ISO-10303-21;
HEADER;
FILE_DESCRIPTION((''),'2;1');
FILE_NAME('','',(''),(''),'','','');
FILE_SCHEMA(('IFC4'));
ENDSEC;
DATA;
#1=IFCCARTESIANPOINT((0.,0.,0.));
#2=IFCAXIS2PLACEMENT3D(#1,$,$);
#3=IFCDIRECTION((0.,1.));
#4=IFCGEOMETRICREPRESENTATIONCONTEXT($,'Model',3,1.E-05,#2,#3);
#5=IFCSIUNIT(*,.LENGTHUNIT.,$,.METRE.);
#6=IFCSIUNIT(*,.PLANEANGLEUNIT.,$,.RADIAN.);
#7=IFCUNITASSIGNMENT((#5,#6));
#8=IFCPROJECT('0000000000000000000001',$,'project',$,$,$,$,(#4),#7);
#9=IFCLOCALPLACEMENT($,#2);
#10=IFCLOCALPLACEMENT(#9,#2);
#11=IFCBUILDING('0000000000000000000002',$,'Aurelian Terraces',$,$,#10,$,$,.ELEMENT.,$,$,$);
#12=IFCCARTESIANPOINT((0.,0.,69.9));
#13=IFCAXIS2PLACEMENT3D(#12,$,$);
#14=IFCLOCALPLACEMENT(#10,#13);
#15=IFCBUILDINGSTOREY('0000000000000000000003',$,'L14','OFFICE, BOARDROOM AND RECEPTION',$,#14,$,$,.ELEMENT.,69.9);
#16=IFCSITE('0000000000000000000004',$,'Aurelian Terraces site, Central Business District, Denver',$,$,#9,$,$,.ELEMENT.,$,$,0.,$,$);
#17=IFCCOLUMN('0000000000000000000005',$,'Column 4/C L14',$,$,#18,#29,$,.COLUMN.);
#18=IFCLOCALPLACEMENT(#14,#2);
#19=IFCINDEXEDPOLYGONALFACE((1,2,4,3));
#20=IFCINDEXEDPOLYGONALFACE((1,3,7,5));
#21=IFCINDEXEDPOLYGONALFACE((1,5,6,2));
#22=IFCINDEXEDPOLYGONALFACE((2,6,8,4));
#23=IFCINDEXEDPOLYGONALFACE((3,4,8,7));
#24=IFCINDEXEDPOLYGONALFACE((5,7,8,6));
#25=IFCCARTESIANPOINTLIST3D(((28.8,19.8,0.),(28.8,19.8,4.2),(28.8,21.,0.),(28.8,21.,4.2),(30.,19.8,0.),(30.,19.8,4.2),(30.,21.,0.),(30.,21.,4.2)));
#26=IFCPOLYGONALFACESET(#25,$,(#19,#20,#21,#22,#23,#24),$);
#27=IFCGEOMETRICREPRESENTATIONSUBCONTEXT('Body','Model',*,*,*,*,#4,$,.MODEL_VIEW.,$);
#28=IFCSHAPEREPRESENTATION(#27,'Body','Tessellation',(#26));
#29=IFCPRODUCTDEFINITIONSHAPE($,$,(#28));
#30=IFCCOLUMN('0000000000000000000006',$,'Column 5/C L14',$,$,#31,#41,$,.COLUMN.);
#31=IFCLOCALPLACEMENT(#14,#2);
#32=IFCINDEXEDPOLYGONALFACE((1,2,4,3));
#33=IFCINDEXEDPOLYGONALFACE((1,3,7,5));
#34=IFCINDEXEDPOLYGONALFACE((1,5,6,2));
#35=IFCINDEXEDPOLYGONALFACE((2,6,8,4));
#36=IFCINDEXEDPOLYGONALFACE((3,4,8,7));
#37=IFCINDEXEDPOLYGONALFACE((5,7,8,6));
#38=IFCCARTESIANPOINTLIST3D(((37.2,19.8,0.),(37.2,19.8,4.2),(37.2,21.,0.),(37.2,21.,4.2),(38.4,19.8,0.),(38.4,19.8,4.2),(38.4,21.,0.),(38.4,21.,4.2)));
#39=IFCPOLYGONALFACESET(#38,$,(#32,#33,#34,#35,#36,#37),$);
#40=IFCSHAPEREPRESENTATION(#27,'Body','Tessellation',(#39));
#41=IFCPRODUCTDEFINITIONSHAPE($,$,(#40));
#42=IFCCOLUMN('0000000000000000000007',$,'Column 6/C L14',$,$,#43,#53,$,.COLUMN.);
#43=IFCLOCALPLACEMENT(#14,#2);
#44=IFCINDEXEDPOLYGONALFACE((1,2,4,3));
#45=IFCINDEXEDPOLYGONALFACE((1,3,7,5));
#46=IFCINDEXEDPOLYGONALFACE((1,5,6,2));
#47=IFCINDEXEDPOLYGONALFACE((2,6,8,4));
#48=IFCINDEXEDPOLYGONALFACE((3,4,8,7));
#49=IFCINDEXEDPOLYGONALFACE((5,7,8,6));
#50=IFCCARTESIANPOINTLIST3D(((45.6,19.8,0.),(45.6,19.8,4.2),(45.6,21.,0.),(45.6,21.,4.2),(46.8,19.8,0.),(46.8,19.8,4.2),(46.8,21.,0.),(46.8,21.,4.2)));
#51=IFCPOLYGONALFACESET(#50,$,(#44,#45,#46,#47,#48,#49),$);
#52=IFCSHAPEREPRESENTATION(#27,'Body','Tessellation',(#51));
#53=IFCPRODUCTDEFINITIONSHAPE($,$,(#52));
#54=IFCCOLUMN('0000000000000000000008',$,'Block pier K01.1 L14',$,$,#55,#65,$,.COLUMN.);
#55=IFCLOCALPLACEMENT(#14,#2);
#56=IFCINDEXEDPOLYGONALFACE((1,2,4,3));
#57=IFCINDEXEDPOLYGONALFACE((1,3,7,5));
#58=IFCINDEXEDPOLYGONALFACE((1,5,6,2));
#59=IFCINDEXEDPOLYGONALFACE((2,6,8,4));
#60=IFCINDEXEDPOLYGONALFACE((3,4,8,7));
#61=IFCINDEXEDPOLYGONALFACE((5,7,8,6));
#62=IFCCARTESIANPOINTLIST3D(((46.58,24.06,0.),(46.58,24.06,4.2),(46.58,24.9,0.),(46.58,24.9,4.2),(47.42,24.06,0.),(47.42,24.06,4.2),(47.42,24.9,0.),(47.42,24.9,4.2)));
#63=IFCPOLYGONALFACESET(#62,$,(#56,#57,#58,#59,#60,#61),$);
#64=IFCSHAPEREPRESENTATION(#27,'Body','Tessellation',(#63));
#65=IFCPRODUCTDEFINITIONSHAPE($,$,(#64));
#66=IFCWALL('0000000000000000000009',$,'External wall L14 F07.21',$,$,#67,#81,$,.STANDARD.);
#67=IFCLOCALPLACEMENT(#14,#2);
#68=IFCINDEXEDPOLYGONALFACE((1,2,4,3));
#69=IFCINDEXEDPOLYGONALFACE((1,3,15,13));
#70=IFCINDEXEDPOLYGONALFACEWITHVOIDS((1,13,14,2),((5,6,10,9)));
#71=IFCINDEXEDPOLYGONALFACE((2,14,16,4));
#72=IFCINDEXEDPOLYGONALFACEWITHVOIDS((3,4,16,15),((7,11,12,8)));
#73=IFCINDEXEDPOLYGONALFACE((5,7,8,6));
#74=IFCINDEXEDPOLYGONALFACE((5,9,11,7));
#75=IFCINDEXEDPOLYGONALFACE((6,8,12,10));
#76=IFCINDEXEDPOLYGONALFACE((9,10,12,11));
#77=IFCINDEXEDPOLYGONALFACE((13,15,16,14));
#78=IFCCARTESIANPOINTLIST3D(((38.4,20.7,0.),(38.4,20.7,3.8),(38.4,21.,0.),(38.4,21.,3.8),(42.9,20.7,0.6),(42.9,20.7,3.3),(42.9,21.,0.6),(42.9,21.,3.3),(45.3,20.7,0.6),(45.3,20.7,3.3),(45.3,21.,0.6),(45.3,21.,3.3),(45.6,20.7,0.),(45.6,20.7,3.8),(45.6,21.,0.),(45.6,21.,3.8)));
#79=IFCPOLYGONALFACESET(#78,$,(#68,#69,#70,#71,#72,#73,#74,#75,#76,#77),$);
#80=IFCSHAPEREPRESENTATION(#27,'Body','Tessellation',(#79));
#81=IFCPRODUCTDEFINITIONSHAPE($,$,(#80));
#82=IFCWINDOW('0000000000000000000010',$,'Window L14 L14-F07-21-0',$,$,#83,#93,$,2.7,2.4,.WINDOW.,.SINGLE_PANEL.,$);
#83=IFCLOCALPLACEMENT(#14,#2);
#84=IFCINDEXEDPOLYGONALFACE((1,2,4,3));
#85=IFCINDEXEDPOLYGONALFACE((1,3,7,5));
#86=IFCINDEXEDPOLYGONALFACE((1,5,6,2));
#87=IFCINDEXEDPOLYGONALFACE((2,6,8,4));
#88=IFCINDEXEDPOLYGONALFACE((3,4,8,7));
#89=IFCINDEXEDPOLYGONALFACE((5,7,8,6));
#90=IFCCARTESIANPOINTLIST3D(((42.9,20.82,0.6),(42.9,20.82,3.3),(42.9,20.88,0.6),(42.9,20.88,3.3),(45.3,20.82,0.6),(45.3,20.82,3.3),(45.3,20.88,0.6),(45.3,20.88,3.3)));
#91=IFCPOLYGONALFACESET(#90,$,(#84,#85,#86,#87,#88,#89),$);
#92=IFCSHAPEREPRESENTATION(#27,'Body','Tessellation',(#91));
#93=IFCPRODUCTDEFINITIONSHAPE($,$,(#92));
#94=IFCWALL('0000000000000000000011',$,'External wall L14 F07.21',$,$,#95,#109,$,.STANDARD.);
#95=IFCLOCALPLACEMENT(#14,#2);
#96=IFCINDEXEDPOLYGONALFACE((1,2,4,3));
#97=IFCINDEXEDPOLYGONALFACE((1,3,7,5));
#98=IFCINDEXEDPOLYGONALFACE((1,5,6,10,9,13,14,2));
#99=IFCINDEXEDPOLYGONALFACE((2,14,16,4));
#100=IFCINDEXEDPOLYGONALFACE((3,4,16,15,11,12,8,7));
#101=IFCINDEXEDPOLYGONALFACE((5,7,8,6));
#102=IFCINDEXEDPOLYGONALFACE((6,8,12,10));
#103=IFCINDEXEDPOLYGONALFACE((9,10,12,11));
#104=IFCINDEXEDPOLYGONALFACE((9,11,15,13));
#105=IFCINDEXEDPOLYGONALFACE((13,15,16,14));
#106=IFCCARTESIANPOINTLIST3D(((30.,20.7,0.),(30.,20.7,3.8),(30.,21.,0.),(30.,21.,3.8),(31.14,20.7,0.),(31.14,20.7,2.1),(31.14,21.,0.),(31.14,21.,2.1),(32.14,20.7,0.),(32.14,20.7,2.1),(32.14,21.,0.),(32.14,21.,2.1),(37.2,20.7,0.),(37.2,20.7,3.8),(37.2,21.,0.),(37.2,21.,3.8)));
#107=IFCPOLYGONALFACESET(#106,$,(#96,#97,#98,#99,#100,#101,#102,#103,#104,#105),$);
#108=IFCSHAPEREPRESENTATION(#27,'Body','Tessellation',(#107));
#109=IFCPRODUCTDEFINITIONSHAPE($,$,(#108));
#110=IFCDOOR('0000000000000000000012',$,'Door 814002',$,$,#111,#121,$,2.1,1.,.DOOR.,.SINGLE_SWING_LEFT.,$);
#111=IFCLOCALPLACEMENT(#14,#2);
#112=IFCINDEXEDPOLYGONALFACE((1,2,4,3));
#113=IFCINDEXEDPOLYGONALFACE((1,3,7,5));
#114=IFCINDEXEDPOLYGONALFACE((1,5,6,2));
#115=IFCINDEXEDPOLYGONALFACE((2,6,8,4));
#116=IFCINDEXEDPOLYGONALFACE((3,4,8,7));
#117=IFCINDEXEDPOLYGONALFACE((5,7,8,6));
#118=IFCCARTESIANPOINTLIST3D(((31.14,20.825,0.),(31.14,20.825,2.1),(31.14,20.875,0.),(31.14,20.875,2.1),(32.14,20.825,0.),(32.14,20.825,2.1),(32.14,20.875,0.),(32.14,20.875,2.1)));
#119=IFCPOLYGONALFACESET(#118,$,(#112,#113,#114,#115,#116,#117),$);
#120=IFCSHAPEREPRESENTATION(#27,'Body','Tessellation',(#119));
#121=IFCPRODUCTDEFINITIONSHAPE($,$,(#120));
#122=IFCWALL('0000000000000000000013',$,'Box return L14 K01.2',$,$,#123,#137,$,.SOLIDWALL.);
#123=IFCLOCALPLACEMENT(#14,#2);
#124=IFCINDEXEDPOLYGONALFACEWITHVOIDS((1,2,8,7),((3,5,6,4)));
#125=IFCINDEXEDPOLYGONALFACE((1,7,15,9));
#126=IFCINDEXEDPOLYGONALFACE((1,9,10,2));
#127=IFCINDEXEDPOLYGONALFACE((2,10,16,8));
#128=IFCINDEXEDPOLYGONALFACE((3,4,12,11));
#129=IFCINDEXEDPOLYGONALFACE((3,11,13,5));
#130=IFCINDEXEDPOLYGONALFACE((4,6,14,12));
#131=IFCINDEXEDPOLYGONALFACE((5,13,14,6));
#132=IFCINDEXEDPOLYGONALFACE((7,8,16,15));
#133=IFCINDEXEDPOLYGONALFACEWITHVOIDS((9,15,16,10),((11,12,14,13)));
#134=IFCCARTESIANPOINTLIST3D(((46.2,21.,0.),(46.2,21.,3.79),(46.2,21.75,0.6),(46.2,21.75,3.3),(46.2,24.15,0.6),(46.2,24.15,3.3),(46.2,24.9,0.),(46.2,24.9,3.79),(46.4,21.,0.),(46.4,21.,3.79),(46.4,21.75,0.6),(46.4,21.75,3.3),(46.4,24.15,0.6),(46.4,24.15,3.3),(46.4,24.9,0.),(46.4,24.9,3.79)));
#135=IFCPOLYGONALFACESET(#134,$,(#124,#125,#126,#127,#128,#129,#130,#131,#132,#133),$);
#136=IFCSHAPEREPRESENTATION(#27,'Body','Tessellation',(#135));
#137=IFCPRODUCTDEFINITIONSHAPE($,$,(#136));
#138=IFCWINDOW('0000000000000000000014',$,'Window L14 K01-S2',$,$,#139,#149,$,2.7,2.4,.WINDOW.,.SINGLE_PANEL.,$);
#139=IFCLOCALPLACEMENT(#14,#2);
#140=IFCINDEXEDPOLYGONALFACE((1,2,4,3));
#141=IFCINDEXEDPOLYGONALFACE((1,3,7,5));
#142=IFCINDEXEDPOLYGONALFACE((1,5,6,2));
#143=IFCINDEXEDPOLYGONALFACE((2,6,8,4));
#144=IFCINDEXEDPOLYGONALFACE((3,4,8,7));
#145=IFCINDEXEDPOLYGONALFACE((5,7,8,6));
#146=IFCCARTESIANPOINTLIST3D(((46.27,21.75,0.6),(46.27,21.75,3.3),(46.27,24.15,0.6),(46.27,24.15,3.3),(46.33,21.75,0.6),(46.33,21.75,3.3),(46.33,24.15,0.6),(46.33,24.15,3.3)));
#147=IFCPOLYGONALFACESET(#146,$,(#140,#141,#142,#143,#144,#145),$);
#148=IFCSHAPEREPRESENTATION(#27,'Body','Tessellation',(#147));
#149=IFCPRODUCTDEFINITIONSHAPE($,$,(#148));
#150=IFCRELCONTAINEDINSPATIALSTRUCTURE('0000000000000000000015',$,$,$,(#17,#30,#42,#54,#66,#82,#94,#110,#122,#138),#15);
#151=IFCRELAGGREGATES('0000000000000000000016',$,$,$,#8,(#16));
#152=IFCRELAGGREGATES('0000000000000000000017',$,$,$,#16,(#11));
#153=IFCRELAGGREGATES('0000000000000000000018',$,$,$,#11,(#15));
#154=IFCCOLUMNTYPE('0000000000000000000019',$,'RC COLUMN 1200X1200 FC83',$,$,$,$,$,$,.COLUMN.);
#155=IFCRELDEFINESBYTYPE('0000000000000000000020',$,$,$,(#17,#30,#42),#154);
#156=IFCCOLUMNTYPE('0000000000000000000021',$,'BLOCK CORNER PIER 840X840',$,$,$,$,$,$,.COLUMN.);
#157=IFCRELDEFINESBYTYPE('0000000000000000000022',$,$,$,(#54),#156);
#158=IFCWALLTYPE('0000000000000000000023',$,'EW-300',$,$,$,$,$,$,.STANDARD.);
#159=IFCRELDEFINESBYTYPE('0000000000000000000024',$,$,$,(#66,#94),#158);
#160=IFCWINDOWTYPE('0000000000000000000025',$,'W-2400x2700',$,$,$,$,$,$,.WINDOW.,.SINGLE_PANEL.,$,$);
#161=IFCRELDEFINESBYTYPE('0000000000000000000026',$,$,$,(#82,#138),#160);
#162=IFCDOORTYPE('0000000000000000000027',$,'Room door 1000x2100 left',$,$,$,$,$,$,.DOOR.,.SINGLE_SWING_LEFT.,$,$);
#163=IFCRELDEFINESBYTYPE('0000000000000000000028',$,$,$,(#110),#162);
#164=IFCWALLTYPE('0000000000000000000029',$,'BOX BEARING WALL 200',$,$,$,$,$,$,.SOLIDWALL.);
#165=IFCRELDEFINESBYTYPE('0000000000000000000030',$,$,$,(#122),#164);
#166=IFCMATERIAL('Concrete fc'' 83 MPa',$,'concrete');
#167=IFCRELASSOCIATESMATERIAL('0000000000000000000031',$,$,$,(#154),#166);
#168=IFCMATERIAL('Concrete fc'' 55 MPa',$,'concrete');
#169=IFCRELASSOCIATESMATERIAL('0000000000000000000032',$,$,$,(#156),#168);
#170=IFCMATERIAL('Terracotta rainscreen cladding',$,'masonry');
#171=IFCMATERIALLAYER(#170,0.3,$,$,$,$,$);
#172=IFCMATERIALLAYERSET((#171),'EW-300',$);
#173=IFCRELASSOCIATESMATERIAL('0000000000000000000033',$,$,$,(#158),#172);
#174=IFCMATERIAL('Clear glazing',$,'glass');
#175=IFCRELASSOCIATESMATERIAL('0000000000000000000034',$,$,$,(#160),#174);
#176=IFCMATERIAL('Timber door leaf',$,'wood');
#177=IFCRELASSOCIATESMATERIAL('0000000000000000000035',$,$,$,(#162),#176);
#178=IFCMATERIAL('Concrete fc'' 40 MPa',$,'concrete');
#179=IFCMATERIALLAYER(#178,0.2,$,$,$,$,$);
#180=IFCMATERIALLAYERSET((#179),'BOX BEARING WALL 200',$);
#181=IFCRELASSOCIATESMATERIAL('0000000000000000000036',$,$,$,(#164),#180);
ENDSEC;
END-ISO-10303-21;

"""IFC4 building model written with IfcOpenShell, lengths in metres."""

from ifc_helpers import new_model, si_unit, direction, frame, frame_2d, origin, origin_2d, place, context, subcontext, project, spatial, rectangle, extrude, source, transform, mapped, material, layer, layer_set, material_profile, profile_set, type_object, element, fill, save


model = new_model("IFC4")

# Units and contexts
model_context = context("Model", 3, precision=1e-05, world=origin(), true_north=direction((0.0, 1.0)))
body_context = subcontext(model_context, "Body", "Model", "MODEL_VIEW")
ifc_project = project(units=[si_unit("LENGTHUNIT", "METRE"), si_unit("PLANEANGLEUNIT", "RADIAN")], contexts=[model_context])

# Site, building, storey
site_placement = place(None, origin())
site = spatial("IfcSite", under=ifc_project, at=site_placement, Name="Aurelian Terraces site, Central Business District, Denver", CompositionType="ELEMENT", RefElevation=0.0)
building_placement = place(site_placement, origin())
building = spatial("IfcBuilding", under=site, at=building_placement, Name="Aurelian Terraces", CompositionType="ELEMENT")
storey_placement = place(building_placement, frame((0.0, 0.0, 69.9)))
storey = spatial("IfcBuildingStorey", under=building, at=storey_placement, Name="L14", Description="OFFICE, BOARDROOM AND RECEPTION", CompositionType="ELEMENT", Elevation=69.9)

# Columns
ifc_material_1 = material(Name="Concrete fc' 83 MPa", Category="concrete")
ifc_material_profile_1 = material_profile(ifc_material_1, rectangle(XDim=1.2, YDim=1.2, at=origin_2d()))
ifc_profile_set_1 = profile_set([ifc_material_profile_1], Name="Concrete fc' 83 MPa")
column_type_1 = type_object("IfcColumnType", Name="RC COLUMN 1200X1200 FC83", PredefinedType="COLUMN", material=ifc_profile_set_1)
shared_shape_1 = source(origin(), body_context, "Body", "SweptSolid", [
    extrude(rectangle(XDim=1.2, YDim=1.2, at=origin_2d()), origin(), (0.0, 0.0, 1.0), 4.2),
])
for number, where, z_axis, x_axis, name in (
    (1, (29.4, 20.4, 0.0), (0.0, 0.0, 1.0), (1.0, 0.0, 0.0), "Column 4/C L14"),
    (2, (37.8, 20.4, 0.0), (0.0, 0.0, 1.0), (1.0, 0.0, 0.0), "Column 5/C L14"),
    (3, (46.2, 20.4, 0.0), (0.0, 0.0, 1.0), (1.0, 0.0, 0.0), "Column 6/C L14"),
):
    element("IfcColumn", number, at=place(storey_placement, frame(where, z_axis=z_axis, x_axis=x_axis)), inside=storey, type_object=column_type_1, Name=name, PredefinedType="COLUMN", context=body_context, shape_type="MappedRepresentation", body=[
        mapped(shared_shape_1, transform((0.0, 0.0, 0.0), scale=1.0)),
    ])
ifc_material_2 = material(Name="Concrete fc' 55 MPa", Category="concrete")
ifc_material_profile_2 = material_profile(ifc_material_2, rectangle(XDim=0.84, YDim=0.84, at=origin_2d()))
ifc_profile_set_2 = profile_set([ifc_material_profile_2], Name="Concrete fc' 55 MPa")
column_type_2 = type_object("IfcColumnType", Name="BLOCK CORNER PIER 840X840", PredefinedType="COLUMN", material=ifc_profile_set_2)
shared_shape_2 = source(origin(), body_context, "Body", "SweptSolid", [
    extrude(rectangle(XDim=0.84, YDim=0.84, at=origin_2d()), origin(), (0.0, 0.0, 1.0), 4.2),
])
column_placement = place(storey_placement, frame((47.0, 24.48, 0.0), z_axis=(0.0, 0.0, 1.0), x_axis=(1.0, 0.0, 0.0)))
element("IfcColumn", 4, at=column_placement, inside=storey, type_object=column_type_2, Name="Block pier K01.1 L14", PredefinedType="COLUMN", context=body_context, shape_type="MappedRepresentation", body=[
    mapped(shared_shape_2, transform((0.0, 0.0, 0.0), scale=1.0)),
])

# Wall, opening, window
ifc_material_3 = material(Name="Terracotta rainscreen cladding", Category="masonry")
ifc_layer_1 = layer(ifc_material_3, 0.3)
ifc_layer_set_1 = layer_set([ifc_layer_1], Name="EW-300")
wall_type_1 = type_object("IfcWallType", Name="EW-300", PredefinedType="STANDARD", material=ifc_layer_set_1)
shared_shape_3 = source(origin(), body_context, "Body", "SweptSolid", [
    extrude(rectangle(XDim=7.2, YDim=0.3, at=frame_2d((3.6, 0.0))), origin(), (0.0, 0.0, 1.0), 3.8),
])
wall_1_placement = place(storey_placement, frame((45.6, 20.85, 0.0), z_axis=(0.0, 0.0, 1.0), x_axis=(-1.0, 0.0, 0.0)))
wall_1 = element("IfcWall", 5, at=wall_1_placement, inside=storey, type_object=wall_type_1, Name="External wall L14 F07.21", PredefinedType="STANDARD", context=body_context, shape_type="MappedRepresentation", body=[
    mapped(shared_shape_3, transform((0.0, 0.0, 0.0), scale=1.0)),
])
shared_shape_4 = source(origin(), body_context, "Body", "SweptSolid", [
    extrude(rectangle(XDim=2.4, YDim=2.7, at=frame_2d((1.2, 1.35))), frame((0.0, 0.16, 0.0), z_axis=(0.0, -1.0, 0.0), x_axis=(1.0, 0.0, 0.0)), (0.0, 0.0, 1.0), 0.32),
])
opening_1_placement = place(wall_1_placement, frame((0.3, 0.0, 0.6)))
opening_1 = element("IfcOpeningElement", 6, at=opening_1_placement, cuts=wall_1, PredefinedType="OPENING", context=body_context, shape_type="MappedRepresentation", body=[
    mapped(shared_shape_4, transform((0.0, 0.0, 0.0), scale=1.0)),
])
ifc_material_4 = material(Name="Clear glazing", Category="glass")
window_type_1 = type_object("IfcWindowType", Name="W-2400x2700", PartitioningType="SINGLE_PANEL", PredefinedType="WINDOW", material=ifc_material_4)
shared_shape_5 = source(origin(), body_context, "Body", "SweptSolid", [
    extrude(rectangle(XDim=2.4, YDim=2.7, at=frame_2d((1.2, 1.35))), frame((0.0, 0.03, 0.0), z_axis=(0.0, -1.0, 0.0), x_axis=(1.0, 0.0, 0.0)), (0.0, 0.0, 1.0), 0.06),
])
window_1_placement = place(opening_1_placement, origin())
window_1 = element("IfcWindow", 7, at=window_1_placement, inside=storey, type_object=window_type_1, Name="Window L14 L14-F07-21-0", OverallHeight=2.7, OverallWidth=2.4, PartitioningType="SINGLE_PANEL", PredefinedType="WINDOW", context=body_context, shape_type="MappedRepresentation", body=[
    mapped(shared_shape_5, transform((0.0, 0.0, 0.0), scale=1.0)),
])
fill(opening_1, window_1)

# Wall, opening, door
wall_2_placement = place(storey_placement, frame((37.2, 20.85, 0.0), z_axis=(0.0, 0.0, 1.0), x_axis=(-1.0, 0.0, 0.0)))
wall_2 = element("IfcWall", 8, at=wall_2_placement, inside=storey, type_object=wall_type_1, Name="External wall L14 F07.21", PredefinedType="STANDARD", context=body_context, shape_type="MappedRepresentation", body=[
    mapped(shared_shape_3, transform((0.0, 0.0, 0.0), scale=1.0)),
])
shared_shape_6 = source(origin(), body_context, "Body", "SweptSolid", [
    extrude(rectangle(XDim=1.0, YDim=2.1, at=frame_2d((0.5, 1.05))), frame((0.0, 0.16, 0.0), z_axis=(0.0, -1.0, 0.0), x_axis=(1.0, 0.0, 0.0)), (0.0, 0.0, 1.0), 0.32),
])
opening_2_placement = place(wall_2_placement, frame((5.06, 0.0, 0.0)))
opening_2 = element("IfcOpeningElement", 9, at=opening_2_placement, cuts=wall_2, PredefinedType="OPENING", context=body_context, shape_type="MappedRepresentation", body=[
    mapped(shared_shape_6, transform((0.0, 0.0, 0.0), scale=1.0)),
])
ifc_material_5 = material(Name="Timber door leaf", Category="wood")
door_type_1 = type_object("IfcDoorType", Name="Room door 1000x2100 left", OperationType="SINGLE_SWING_LEFT", PredefinedType="DOOR", material=ifc_material_5)
shared_shape_7 = source(origin(), body_context, "Body", "SweptSolid", [
    extrude(rectangle(XDim=1.0, YDim=2.1, at=frame_2d((0.5, 1.05))), frame((0.0, 0.025, 0.0), z_axis=(0.0, -1.0, 0.0), x_axis=(1.0, 0.0, 0.0)), (0.0, 0.0, 1.0), 0.05),
])
door_1_placement = place(opening_2_placement, origin())
door_1 = element("IfcDoor", 10, at=door_1_placement, inside=storey, type_object=door_type_1, Name="Door 814002", OperationType="SINGLE_SWING_LEFT", OverallHeight=2.1, OverallWidth=1.0, PredefinedType="DOOR", context=body_context, shape_type="MappedRepresentation", body=[
    mapped(shared_shape_7, transform((0.0, 0.0, 0.0), scale=1.0)),
])
fill(opening_2, door_1)

# Wall, opening, window
ifc_material_6 = material(Name="Concrete fc' 40 MPa", Category="concrete")
ifc_layer_2 = layer(ifc_material_6, 0.2)
ifc_layer_set_2 = layer_set([ifc_layer_2], Name="BOX BEARING WALL 200")
wall_type_2 = type_object("IfcWallType", Name="BOX BEARING WALL 200", PredefinedType="SOLIDWALL", material=ifc_layer_set_2)
shared_shape_8 = source(origin(), body_context, "Body", "SweptSolid", [
    extrude(rectangle(XDim=3.9, YDim=0.2, at=frame_2d((1.95, 0.0))), origin(), (0.0, 0.0, 1.0), 3.79),
])
wall_3_placement = place(storey_placement, frame((46.3, 21.0, 0.0), z_axis=(0.0, 0.0, 1.0), x_axis=(0.0, 1.0, 0.0)))
wall_3 = element("IfcWall", 11, at=wall_3_placement, inside=storey, type_object=wall_type_2, Name="Box return L14 K01.2", PredefinedType="SOLIDWALL", context=body_context, shape_type="MappedRepresentation", body=[
    mapped(shared_shape_8, transform((0.0, 0.0, 0.0), scale=1.0)),
])
shared_shape_9 = source(origin(), body_context, "Body", "SweptSolid", [
    extrude(rectangle(XDim=2.4, YDim=2.7, at=frame_2d((1.2, 1.35))), frame((0.0, 0.11, 0.0), z_axis=(0.0, -1.0, 0.0), x_axis=(1.0, 0.0, 0.0)), (0.0, 0.0, 1.0), 0.22),
])
opening_3_placement = place(wall_3_placement, frame((0.75, 0.0, 0.6)))
opening_3 = element("IfcOpeningElement", 12, at=opening_3_placement, cuts=wall_3, PredefinedType="OPENING", context=body_context, shape_type="MappedRepresentation", body=[
    mapped(shared_shape_9, transform((0.0, 0.0, 0.0), scale=1.0)),
])
window_2_placement = place(opening_3_placement, origin())
window_2 = element("IfcWindow", 13, at=window_2_placement, inside=storey, type_object=window_type_1, Name="Window L14 K01-S2", OverallHeight=2.7, OverallWidth=2.4, PartitioningType="SINGLE_PANEL", PredefinedType="WINDOW", context=body_context, shape_type="MappedRepresentation", body=[
    mapped(shared_shape_5, transform((0.0, 0.0, 0.0), scale=1.0)),
])
fill(opening_3, window_2)

save(model, "model.ifc")
